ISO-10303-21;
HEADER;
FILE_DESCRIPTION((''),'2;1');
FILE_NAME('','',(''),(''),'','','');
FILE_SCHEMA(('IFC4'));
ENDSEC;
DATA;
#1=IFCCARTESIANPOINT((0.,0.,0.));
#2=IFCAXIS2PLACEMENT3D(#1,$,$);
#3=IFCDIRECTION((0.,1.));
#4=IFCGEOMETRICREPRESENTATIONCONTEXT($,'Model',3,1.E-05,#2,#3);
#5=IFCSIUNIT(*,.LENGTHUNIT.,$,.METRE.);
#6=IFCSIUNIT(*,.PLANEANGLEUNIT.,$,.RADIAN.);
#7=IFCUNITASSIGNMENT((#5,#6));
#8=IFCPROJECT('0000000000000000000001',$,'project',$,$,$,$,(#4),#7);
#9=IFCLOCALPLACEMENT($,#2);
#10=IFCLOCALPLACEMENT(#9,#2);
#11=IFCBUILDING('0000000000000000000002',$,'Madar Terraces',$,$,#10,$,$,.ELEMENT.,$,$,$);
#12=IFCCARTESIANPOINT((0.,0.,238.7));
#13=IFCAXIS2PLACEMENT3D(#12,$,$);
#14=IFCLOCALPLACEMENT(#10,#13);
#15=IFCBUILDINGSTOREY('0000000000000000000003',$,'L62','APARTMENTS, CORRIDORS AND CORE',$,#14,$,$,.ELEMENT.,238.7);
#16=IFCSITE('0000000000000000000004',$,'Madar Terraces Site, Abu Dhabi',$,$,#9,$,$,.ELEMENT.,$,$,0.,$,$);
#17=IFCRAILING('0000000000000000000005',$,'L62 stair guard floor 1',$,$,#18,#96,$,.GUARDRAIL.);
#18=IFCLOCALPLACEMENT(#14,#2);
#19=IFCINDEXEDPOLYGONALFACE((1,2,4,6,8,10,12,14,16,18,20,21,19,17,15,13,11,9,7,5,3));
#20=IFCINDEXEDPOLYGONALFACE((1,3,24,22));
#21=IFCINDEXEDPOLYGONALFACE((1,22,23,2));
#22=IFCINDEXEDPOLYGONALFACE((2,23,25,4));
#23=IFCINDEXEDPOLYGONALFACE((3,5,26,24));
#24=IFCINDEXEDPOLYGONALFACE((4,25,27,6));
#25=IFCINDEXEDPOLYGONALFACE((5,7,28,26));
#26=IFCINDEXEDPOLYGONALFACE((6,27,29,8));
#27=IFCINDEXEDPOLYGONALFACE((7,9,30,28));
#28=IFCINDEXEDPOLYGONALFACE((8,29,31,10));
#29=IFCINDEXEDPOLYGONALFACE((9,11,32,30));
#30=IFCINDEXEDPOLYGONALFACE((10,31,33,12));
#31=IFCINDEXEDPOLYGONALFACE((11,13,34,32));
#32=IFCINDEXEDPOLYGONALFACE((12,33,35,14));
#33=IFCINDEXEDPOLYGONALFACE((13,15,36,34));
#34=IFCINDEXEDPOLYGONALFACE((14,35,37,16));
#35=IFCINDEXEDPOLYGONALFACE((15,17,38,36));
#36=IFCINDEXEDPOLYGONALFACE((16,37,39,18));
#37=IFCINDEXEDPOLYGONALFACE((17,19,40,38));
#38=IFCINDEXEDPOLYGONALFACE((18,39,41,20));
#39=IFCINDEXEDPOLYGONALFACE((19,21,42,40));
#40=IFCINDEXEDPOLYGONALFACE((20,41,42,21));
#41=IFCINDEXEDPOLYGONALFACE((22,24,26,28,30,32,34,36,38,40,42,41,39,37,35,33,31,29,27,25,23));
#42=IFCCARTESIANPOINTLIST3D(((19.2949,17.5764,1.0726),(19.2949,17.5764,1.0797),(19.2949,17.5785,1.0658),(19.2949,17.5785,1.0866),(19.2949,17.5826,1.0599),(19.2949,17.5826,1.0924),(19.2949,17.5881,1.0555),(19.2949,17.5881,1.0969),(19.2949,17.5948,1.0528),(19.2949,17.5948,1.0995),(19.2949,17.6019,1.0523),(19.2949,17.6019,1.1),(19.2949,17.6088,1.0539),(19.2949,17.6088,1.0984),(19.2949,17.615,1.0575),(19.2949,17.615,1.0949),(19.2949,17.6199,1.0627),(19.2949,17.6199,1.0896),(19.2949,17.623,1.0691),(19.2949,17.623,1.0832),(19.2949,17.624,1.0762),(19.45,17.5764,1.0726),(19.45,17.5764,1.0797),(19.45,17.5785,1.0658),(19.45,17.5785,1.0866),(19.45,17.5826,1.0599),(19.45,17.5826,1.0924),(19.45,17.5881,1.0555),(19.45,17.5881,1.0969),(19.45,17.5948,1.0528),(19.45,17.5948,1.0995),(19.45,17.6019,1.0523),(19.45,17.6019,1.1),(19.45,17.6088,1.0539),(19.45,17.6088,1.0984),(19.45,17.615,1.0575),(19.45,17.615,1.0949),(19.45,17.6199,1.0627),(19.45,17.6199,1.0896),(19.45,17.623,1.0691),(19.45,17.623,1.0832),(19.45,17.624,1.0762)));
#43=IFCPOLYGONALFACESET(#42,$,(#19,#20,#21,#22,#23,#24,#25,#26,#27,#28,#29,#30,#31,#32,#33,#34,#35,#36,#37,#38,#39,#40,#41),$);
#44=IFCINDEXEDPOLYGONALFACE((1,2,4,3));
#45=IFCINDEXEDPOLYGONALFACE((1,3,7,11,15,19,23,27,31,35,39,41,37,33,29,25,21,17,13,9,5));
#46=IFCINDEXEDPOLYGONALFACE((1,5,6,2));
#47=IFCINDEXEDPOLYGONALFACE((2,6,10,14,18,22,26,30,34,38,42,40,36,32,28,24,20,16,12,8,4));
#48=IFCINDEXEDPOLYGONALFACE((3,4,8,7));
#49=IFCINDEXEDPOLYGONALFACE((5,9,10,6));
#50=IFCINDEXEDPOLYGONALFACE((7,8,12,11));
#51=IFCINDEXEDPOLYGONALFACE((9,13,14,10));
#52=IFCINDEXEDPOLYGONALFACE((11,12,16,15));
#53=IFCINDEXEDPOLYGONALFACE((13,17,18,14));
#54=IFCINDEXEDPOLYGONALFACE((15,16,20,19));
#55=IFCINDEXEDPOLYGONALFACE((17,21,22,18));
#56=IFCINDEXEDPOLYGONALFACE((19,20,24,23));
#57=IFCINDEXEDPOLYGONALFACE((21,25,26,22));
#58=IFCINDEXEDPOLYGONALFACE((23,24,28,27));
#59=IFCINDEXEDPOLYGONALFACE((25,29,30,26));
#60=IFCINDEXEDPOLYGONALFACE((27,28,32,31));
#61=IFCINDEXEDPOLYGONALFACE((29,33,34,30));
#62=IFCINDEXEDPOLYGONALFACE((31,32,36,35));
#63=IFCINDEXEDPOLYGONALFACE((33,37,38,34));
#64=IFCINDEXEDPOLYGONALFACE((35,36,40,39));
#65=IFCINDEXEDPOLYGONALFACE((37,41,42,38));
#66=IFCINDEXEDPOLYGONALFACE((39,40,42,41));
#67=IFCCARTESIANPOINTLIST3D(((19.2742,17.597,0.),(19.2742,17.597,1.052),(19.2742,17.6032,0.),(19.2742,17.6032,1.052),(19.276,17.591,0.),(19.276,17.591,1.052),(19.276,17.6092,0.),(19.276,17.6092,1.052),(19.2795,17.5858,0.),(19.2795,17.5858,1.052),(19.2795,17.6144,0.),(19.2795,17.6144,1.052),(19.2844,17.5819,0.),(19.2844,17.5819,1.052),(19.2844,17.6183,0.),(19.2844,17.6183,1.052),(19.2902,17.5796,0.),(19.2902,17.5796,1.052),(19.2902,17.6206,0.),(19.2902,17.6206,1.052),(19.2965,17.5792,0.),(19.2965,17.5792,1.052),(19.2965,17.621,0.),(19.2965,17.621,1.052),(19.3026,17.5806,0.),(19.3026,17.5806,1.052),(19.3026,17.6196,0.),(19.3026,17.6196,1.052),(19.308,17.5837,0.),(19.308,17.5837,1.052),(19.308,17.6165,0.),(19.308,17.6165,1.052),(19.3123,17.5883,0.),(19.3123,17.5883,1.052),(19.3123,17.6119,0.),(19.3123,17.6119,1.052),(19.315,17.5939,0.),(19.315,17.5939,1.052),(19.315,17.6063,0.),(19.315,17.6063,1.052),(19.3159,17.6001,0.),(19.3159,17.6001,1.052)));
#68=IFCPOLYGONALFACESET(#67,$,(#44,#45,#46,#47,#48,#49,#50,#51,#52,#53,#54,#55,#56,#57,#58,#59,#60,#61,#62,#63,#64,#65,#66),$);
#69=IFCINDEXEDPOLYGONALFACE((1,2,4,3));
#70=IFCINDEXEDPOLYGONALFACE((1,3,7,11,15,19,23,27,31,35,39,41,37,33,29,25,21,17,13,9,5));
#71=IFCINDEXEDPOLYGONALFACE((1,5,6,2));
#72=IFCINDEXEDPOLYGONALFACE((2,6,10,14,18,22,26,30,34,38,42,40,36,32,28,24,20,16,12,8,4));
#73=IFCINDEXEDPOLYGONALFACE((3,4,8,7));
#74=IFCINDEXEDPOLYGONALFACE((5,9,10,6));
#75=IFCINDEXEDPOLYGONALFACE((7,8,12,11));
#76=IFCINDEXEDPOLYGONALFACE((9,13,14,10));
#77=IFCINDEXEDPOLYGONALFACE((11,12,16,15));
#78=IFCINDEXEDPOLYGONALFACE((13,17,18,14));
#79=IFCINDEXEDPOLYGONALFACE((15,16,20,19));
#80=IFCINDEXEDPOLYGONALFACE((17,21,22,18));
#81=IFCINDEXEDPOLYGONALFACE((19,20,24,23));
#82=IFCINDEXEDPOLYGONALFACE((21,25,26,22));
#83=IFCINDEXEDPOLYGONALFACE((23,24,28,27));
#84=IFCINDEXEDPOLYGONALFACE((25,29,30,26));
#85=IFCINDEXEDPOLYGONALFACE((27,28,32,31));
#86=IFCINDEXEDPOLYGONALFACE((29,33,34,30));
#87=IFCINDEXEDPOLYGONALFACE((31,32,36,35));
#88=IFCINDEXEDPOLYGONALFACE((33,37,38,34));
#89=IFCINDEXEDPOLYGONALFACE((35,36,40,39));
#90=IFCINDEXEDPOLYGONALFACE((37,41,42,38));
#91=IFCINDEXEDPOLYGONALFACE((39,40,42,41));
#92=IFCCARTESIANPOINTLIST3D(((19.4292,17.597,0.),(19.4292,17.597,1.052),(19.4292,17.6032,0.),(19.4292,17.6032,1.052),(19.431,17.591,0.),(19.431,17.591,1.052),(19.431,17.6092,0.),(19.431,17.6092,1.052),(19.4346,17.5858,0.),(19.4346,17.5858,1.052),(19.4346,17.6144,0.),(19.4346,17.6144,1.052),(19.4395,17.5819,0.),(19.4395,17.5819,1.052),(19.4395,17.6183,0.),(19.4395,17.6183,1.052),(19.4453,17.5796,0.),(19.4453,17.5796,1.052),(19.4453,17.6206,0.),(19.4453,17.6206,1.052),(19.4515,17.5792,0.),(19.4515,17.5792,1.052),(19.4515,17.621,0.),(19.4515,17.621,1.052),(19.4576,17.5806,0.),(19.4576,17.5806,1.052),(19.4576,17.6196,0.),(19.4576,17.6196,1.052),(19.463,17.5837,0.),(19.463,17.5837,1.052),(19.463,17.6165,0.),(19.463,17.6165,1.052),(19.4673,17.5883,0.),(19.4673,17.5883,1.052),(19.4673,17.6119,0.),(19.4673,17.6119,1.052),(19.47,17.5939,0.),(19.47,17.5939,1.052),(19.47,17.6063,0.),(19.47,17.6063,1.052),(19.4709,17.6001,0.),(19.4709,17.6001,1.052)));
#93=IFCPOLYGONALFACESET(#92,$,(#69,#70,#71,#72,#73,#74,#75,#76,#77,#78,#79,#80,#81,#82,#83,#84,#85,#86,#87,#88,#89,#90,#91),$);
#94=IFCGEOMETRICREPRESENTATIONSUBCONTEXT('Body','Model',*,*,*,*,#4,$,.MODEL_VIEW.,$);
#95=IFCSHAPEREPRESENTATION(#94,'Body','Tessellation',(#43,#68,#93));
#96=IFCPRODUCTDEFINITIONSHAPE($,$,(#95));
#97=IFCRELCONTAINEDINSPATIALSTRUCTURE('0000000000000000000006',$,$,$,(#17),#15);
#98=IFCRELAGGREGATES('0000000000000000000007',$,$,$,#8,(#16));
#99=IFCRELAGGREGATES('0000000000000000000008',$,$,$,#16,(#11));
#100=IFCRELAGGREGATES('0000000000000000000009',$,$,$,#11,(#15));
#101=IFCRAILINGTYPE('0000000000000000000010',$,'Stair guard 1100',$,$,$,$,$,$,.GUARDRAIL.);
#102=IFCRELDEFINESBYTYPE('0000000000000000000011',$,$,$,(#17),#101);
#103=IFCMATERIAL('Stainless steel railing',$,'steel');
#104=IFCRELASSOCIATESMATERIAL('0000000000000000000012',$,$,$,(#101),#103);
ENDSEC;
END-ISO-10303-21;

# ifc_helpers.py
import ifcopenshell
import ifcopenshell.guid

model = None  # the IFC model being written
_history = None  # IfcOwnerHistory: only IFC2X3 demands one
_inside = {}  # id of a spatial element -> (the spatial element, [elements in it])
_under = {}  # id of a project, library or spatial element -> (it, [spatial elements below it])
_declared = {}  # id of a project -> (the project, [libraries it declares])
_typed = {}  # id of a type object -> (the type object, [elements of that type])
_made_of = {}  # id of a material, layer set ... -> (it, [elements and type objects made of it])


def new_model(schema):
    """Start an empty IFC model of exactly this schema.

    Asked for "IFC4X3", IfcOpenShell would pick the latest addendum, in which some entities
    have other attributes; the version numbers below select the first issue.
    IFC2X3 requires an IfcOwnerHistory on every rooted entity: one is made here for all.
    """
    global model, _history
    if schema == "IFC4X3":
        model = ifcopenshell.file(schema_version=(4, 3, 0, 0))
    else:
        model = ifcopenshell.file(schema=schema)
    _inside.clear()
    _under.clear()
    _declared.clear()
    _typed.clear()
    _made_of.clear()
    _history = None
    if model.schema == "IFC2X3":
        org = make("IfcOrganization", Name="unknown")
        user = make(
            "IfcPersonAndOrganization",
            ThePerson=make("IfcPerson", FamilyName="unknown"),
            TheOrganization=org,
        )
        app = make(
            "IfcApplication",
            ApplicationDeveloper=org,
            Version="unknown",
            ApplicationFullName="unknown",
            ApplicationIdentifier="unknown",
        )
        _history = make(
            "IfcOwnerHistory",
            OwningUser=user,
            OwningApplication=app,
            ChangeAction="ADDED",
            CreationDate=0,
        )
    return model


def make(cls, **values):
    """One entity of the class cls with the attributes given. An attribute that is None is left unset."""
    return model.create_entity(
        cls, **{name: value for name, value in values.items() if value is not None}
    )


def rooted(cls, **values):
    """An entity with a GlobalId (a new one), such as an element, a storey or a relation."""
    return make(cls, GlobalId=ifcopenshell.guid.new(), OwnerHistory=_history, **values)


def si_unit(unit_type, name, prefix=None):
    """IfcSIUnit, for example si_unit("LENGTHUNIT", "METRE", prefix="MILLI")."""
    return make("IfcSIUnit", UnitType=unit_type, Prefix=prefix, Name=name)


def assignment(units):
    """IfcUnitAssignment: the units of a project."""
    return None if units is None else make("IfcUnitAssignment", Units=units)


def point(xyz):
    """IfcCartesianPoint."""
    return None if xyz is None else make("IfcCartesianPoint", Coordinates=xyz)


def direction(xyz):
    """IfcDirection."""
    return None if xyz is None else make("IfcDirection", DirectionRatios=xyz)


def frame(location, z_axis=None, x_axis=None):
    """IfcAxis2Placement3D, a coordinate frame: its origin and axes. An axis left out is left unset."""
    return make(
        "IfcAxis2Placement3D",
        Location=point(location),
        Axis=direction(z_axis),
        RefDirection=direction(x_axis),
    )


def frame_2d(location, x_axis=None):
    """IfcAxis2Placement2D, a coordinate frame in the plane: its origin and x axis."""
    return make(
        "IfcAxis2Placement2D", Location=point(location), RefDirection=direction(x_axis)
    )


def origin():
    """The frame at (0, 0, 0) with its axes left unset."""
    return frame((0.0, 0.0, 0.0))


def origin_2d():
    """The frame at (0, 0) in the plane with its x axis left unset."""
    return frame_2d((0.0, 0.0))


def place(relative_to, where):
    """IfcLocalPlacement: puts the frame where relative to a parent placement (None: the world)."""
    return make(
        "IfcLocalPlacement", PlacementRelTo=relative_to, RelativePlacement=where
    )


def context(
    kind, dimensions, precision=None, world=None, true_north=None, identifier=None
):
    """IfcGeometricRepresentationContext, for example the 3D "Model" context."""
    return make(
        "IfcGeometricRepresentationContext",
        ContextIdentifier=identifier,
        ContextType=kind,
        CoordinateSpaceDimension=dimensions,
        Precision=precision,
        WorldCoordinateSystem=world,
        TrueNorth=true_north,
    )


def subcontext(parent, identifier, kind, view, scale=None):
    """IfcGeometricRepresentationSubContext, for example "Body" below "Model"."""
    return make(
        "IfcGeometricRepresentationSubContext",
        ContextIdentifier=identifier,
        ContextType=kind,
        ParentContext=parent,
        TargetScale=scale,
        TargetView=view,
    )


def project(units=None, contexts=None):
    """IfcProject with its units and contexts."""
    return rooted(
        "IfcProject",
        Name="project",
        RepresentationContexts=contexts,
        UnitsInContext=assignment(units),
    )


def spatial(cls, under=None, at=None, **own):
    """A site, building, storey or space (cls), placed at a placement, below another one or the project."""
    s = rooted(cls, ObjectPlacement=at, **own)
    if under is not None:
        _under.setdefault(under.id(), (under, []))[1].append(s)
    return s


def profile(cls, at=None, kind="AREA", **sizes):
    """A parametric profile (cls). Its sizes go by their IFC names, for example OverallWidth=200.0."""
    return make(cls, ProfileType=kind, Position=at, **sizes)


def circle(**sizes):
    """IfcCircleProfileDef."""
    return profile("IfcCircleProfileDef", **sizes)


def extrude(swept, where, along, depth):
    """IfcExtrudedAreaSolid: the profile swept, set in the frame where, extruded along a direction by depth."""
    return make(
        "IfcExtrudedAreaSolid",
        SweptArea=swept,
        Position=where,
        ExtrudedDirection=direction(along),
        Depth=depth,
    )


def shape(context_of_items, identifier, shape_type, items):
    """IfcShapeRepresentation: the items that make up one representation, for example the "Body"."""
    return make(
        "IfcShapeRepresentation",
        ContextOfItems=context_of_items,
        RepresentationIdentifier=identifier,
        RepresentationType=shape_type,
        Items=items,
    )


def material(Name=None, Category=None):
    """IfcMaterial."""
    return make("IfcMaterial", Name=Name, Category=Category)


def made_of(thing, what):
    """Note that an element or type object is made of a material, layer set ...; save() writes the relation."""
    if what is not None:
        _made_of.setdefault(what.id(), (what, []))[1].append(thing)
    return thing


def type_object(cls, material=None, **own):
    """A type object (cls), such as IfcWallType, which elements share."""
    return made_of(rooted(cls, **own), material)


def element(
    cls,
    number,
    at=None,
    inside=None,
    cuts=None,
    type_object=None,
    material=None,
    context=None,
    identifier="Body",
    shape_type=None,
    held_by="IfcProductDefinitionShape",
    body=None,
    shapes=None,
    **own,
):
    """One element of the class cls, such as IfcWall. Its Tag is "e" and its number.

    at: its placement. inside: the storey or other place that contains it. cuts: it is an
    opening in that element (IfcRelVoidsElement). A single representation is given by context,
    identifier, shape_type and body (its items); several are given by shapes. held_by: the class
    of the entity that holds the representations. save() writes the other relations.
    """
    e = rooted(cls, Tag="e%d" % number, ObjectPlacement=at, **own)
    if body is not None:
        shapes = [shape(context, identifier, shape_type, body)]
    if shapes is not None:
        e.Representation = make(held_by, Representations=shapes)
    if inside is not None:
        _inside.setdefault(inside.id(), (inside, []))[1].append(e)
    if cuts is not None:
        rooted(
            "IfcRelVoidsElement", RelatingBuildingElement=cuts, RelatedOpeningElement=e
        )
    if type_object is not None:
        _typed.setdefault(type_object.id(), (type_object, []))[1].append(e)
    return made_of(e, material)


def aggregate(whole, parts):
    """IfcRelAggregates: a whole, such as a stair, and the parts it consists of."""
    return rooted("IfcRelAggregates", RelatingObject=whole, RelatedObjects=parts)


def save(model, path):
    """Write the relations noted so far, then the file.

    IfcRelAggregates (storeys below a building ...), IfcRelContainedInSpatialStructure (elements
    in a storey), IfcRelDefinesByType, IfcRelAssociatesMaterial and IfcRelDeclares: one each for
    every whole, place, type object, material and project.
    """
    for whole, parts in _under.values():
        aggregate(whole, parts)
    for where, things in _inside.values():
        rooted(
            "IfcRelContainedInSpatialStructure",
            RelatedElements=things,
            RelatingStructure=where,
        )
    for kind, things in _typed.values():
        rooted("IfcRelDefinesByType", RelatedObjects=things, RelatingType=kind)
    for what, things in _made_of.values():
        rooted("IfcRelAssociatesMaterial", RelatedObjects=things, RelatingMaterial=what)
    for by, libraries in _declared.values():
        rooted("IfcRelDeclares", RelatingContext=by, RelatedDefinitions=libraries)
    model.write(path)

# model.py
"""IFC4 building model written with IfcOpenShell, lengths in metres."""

from ifc_helpers import new_model, si_unit, direction, frame, origin, origin_2d, place, context, subcontext, project, spatial, circle, extrude, material, type_object, element, save


model = new_model("IFC4")

# Units and contexts
model_context = context("Model", 3, precision=1e-05, world=origin(), true_north=direction((0.0, 1.0)))
body_context = subcontext(model_context, "Body", "Model", "MODEL_VIEW")
ifc_project = project(units=[si_unit("LENGTHUNIT", "METRE"), si_unit("PLANEANGLEUNIT", "RADIAN")], contexts=[model_context])

# Site, building, storey
site_placement = place(None, origin())
site = spatial("IfcSite", under=ifc_project, at=site_placement, Name="Madar Terraces Site, Abu Dhabi", CompositionType="ELEMENT", RefElevation=0.0)
building_placement = place(site_placement, origin())
building = spatial("IfcBuilding", under=site, at=building_placement, Name="Madar Terraces", CompositionType="ELEMENT")
storey_placement = place(building_placement, frame((0.0, 0.0, 238.7)))
storey = spatial("IfcBuildingStorey", under=building, at=storey_placement, Name="L62", Description="APARTMENTS, CORRIDORS AND CORE", CompositionType="ELEMENT", Elevation=238.7)

# Railing
ifc_material_1 = material(Name="Stainless steel railing", Category="steel")
railing_type_1 = type_object("IfcRailingType", Name="Stair guard 1100", PredefinedType="GUARDRAIL", material=ifc_material_1)
for number, where, name in (
    (1, (19.2949, 17.6001, 0.0), "L62 stair guard floor 1"),
):
    element("IfcRailing", number, at=place(storey_placement, frame(where)), inside=storey, type_object=railing_type_1, Name=name, PredefinedType="GUARDRAIL", context=body_context, shape_type="SweptSolid", body=[
        extrude(circle(Radius=0.0239, at=origin_2d()), frame((0.0, 0.0, 1.0762), z_axis=(1.0, 0.0, 0.0), x_axis=(0.0, 1.0, 0.0)), (0.0, 0.0, 1.0), 0.155),
        extrude(circle(Radius=0.021, at=origin_2d()), origin(), (0.0, 0.0, 1.0), 1.052),
        extrude(circle(Radius=0.021, at=origin_2d()), frame((0.155, 0.0, 0.0)), (0.0, 0.0, 1.0), 1.052),
    ])

save(model, "model.ifc")
